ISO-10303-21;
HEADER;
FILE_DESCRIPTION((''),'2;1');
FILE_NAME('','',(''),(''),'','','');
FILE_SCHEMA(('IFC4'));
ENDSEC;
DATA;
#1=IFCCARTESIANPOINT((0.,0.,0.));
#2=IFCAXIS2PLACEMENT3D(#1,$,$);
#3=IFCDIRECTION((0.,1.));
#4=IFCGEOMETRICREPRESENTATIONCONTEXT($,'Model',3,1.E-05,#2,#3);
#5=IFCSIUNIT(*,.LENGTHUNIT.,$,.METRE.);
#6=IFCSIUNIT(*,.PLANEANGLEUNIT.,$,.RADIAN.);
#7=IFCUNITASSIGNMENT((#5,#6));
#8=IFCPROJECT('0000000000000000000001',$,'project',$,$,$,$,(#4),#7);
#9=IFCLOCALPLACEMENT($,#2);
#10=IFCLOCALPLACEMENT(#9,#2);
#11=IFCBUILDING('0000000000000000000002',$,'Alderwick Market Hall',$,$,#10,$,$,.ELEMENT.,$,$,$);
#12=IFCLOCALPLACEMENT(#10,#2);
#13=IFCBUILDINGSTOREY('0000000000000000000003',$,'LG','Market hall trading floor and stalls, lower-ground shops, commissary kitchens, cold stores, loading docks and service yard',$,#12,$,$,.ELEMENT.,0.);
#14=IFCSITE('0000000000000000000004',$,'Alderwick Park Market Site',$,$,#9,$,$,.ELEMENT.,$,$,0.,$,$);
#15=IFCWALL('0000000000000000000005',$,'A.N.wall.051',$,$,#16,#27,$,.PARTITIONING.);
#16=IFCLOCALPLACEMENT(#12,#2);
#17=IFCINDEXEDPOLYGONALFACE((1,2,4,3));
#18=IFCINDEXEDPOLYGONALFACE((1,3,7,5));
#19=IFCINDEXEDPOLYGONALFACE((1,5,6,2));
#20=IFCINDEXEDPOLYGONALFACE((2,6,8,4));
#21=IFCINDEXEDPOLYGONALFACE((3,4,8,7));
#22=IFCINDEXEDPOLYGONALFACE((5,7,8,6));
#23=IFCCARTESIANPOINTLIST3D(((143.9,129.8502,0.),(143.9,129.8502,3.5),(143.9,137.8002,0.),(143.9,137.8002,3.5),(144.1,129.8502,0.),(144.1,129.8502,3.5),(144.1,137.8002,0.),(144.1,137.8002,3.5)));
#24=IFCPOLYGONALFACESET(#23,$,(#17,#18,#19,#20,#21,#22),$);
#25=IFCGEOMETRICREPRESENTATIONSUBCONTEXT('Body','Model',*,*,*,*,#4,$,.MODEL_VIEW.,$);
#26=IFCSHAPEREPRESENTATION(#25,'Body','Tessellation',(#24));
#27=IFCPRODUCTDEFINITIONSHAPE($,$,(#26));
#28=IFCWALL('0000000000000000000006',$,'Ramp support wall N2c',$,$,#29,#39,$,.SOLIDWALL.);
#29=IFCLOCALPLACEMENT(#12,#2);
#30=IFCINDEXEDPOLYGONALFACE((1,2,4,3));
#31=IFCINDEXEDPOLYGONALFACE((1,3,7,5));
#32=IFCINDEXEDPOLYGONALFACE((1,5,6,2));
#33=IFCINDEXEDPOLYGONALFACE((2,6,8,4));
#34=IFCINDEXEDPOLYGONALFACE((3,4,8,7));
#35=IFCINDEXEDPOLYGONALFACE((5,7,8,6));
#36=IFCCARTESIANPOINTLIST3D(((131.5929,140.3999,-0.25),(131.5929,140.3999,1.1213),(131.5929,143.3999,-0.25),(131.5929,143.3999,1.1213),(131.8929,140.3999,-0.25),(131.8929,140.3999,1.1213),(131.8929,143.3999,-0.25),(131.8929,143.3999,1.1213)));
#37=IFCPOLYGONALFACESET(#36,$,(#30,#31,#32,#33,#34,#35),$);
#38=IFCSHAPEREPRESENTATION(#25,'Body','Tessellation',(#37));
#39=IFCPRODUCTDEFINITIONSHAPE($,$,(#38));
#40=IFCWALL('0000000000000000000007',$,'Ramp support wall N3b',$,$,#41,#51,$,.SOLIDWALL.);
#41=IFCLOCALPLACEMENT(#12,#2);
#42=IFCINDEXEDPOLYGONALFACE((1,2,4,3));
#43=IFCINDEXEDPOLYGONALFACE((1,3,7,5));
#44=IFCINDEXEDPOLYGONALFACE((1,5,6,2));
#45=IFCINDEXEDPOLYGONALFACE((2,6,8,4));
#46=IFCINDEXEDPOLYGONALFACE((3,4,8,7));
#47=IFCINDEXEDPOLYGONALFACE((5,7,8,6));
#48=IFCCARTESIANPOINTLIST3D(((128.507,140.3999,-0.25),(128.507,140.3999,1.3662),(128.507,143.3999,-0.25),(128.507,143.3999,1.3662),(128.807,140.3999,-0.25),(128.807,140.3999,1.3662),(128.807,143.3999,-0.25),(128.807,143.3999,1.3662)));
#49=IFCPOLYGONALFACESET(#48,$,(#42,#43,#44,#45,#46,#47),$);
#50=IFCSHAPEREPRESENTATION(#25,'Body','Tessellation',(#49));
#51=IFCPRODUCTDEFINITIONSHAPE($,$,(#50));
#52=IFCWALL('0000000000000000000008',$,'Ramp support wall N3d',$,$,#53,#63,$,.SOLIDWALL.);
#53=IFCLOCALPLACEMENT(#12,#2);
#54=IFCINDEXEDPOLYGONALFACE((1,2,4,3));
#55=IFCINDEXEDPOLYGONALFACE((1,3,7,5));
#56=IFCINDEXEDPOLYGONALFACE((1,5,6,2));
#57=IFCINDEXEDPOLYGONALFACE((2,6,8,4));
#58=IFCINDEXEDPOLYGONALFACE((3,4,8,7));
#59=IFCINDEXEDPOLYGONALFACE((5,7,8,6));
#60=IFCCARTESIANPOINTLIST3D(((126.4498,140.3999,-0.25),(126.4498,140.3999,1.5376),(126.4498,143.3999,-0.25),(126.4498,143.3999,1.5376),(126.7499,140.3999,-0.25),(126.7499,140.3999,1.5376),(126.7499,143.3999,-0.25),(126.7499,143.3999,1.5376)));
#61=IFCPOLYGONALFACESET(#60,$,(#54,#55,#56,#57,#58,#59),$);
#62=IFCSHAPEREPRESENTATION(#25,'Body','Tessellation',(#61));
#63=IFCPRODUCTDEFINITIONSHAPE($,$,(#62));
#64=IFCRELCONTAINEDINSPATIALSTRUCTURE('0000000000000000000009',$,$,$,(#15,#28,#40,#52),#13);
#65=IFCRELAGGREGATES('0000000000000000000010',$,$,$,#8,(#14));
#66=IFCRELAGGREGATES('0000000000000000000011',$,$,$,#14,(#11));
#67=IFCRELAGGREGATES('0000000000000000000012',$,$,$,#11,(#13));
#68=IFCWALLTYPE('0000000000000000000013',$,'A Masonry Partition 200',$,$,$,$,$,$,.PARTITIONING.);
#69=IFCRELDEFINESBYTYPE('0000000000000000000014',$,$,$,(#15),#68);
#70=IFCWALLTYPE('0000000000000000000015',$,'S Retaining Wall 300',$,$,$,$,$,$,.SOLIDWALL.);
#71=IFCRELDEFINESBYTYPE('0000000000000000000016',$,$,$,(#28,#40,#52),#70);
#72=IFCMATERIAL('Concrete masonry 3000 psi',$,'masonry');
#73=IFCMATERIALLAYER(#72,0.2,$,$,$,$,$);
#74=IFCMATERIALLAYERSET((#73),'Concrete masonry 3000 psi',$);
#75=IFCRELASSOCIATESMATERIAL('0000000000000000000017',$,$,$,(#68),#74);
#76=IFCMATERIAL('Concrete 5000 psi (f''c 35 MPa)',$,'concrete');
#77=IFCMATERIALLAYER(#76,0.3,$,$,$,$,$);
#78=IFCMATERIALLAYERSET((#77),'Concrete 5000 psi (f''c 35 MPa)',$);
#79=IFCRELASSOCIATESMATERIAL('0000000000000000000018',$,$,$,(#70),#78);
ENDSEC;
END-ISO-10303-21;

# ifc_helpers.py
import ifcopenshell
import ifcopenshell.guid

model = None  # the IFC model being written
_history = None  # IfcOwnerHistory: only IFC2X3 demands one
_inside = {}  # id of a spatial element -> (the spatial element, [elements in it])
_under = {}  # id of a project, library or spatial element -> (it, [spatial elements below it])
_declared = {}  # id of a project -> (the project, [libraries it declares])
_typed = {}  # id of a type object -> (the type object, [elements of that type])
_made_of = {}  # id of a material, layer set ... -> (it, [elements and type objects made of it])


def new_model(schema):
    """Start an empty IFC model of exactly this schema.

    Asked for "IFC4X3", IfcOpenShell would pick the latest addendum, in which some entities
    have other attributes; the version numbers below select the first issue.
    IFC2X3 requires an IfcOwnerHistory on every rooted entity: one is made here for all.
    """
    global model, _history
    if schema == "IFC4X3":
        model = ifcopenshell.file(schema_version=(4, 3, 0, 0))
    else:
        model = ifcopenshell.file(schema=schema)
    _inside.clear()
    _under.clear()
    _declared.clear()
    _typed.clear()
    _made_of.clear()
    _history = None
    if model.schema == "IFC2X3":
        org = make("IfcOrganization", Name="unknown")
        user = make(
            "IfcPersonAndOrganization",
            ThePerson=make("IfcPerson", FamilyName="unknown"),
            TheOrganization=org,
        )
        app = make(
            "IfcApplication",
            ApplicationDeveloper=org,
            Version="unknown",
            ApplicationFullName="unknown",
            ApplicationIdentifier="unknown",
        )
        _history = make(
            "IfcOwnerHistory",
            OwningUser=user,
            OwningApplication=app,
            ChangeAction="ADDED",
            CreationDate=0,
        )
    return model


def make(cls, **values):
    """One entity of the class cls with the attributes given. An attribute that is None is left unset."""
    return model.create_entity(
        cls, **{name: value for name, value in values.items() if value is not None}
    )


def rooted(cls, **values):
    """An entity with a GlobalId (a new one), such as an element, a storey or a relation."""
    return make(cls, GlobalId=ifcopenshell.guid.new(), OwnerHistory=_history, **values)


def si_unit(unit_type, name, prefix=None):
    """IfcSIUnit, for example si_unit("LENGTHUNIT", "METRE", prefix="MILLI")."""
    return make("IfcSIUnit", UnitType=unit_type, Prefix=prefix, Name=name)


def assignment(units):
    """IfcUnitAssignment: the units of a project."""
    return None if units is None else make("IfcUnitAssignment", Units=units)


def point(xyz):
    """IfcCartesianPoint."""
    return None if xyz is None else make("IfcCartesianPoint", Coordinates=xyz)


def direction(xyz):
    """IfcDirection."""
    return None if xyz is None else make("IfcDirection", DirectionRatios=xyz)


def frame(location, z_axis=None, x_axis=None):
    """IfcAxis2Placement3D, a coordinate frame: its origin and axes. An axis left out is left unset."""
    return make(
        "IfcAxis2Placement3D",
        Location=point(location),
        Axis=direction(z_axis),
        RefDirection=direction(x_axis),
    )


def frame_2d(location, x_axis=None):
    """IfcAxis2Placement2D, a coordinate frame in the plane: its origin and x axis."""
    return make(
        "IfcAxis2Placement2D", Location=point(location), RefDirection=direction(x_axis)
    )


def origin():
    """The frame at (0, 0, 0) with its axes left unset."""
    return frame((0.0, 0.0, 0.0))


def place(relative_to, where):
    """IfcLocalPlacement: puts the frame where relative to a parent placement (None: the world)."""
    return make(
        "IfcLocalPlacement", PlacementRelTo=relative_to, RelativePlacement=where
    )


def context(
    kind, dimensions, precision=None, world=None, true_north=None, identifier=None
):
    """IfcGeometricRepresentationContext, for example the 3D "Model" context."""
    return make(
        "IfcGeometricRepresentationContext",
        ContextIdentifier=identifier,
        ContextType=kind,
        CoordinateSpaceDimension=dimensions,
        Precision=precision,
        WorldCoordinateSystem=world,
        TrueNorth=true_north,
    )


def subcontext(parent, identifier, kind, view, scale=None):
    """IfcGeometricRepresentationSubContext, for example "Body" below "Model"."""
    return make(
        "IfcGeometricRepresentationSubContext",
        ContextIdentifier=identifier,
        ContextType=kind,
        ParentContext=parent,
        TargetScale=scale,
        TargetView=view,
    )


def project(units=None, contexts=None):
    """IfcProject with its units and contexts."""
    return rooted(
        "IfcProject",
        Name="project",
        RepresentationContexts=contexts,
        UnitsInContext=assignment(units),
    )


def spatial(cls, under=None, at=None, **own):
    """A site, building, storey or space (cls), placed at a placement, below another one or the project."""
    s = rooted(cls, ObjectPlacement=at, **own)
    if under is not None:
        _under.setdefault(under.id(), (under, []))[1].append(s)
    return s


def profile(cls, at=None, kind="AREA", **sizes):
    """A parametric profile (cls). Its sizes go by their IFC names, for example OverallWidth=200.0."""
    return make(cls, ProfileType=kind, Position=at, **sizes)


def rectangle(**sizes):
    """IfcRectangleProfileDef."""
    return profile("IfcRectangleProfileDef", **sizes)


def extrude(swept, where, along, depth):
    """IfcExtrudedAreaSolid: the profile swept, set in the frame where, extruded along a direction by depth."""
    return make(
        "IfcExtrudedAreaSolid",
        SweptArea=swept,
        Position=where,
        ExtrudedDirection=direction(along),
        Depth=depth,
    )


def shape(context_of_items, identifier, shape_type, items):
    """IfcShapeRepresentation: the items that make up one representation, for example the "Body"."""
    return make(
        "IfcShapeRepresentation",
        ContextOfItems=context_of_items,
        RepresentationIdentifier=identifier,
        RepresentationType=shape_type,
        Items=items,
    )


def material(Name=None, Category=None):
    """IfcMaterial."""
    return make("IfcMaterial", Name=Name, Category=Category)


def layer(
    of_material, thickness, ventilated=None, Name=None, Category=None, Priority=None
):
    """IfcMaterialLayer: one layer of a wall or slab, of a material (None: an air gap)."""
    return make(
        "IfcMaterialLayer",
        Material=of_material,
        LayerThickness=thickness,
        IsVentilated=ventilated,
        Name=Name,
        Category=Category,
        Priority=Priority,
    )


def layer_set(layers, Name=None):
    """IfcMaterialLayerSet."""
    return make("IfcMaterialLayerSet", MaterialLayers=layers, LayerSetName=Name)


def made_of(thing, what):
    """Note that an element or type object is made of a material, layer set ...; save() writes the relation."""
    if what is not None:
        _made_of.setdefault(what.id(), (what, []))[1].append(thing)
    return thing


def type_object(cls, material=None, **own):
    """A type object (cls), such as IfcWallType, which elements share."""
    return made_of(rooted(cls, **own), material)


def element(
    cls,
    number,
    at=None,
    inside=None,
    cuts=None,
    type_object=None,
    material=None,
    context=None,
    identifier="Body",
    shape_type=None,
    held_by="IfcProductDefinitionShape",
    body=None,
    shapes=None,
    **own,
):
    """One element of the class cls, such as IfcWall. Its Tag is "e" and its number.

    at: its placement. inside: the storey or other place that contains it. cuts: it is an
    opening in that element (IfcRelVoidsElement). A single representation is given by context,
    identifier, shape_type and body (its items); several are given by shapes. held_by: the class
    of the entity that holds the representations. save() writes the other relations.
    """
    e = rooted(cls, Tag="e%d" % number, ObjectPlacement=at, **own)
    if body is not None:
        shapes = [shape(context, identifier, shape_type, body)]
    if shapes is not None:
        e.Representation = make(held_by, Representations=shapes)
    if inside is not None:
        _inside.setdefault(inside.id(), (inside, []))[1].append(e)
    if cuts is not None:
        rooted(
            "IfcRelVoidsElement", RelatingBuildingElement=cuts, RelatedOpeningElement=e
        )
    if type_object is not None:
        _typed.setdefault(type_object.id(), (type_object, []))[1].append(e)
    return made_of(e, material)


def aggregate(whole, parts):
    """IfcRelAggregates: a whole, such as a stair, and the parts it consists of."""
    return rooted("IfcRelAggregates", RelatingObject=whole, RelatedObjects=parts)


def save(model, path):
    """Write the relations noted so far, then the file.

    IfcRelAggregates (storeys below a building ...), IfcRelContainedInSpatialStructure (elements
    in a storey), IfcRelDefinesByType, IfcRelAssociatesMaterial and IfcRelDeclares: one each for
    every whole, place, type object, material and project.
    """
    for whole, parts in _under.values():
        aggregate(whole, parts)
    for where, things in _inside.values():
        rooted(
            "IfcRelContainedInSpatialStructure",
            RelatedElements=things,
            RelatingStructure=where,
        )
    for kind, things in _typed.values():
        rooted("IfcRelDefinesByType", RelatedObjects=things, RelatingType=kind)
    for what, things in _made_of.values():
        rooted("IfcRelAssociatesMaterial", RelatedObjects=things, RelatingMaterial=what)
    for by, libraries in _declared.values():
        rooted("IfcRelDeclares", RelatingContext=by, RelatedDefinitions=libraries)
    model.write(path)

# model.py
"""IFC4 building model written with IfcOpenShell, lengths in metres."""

from ifc_helpers import new_model, si_unit, direction, frame, frame_2d, origin, place, context, subcontext, project, spatial, rectangle, extrude, material, layer, layer_set, type_object, element, save


model = new_model("IFC4")

# Units and contexts
model_context = context("Model", 3, precision=1e-05, world=origin(), true_north=direction((0.0, 1.0)))
body_context = subcontext(model_context, "Body", "Model", "MODEL_VIEW")
ifc_project = project(units=[si_unit("LENGTHUNIT", "METRE"), si_unit("PLANEANGLEUNIT", "RADIAN")], contexts=[model_context])

# Site, building, storey
site_placement = place(None, origin())
site = spatial("IfcSite", under=ifc_project, at=site_placement, Name="Alderwick Park Market Site", CompositionType="ELEMENT", RefElevation=0.0)
building_placement = place(site_placement, origin())
building = spatial("IfcBuilding", under=site, at=building_placement, Name="Alderwick Market Hall", CompositionType="ELEMENT")
storey_placement = place(building_placement, origin())
storey = spatial("IfcBuildingStorey", under=building, at=storey_placement, Name="LG", Description="Market hall trading floor and stalls, lower-ground shops, commissary kitchens, cold stores, loading docks and service yard", CompositionType="ELEMENT", Elevation=0.0)

# Shared definitions
ifc_material_1 = material(Name="Concrete 5000 psi (f'c 35 MPa)", Category="concrete")

# Walls
ifc_material_2 = material(Name="Concrete masonry 3000 psi", Category="masonry")
ifc_layer_1 = layer(ifc_material_2, 0.2)
ifc_layer_set_1 = layer_set([ifc_layer_1], Name="Concrete masonry 3000 psi")
wall_type_1 = type_object("IfcWallType", Name="A Masonry Partition 200", PredefinedType="PARTITIONING", material=ifc_layer_set_1)
wall_1_placement = place(storey_placement, frame((144.0, 129.8501, 0.0), z_axis=(0.0, 0.0, 1.0), x_axis=(0.0, 1.0, 0.0)))
element("IfcWall", 1, at=wall_1_placement, inside=storey, type_object=wall_type_1, Name="A.N.wall.051", PredefinedType="PARTITIONING", context=body_context, shape_type="SweptSolid", body=[
    extrude(rectangle(XDim=7.95, YDim=0.2, at=frame_2d((3.9751, 0.0))), origin(), (0.0, 0.0, 1.0), 3.5),
])
ifc_layer_2 = layer(ifc_material_1, 0.3)
ifc_layer_set_2 = layer_set([ifc_layer_2], Name="Concrete 5000 psi (f'c 35 MPa)")
wall_type_2 = type_object("IfcWallType", Name="S Retaining Wall 300", PredefinedType="SOLIDWALL", material=ifc_layer_set_2)
wall_2_placement = place(storey_placement, frame((131.7429, 140.3999, -0.25), z_axis=(0.0, 0.0, 1.0), x_axis=(0.0, 1.0, 0.0)))
element("IfcWall", 2, at=wall_2_placement, inside=storey, type_object=wall_type_2, Name="Ramp support wall N2c", PredefinedType="SOLIDWALL", context=body_context, shape_type="SweptSolid", body=[
    extrude(rectangle(XDim=3.0, YDim=0.3, at=frame_2d((1.5, 0.0))), origin(), (0.0, 0.0, 1.0), 1.3713),
])
wall_3_placement = place(storey_placement, frame((128.657, 140.3999, -0.25), z_axis=(0.0, 0.0, 1.0), x_axis=(0.0, 1.0, 0.0)))
element("IfcWall", 3, at=wall_3_placement, inside=storey, type_object=wall_type_2, Name="Ramp support wall N3b", PredefinedType="SOLIDWALL", context=body_context, shape_type="SweptSolid", body=[
    extrude(rectangle(XDim=3.0, YDim=0.3, at=frame_2d((1.5, 0.0))), origin(), (0.0, 0.0, 1.0), 1.6162),
])
wall_4_placement = place(storey_placement, frame((126.5999, 140.3999, -0.25), z_axis=(0.0, 0.0, 1.0), x_axis=(0.0, 1.0, 0.0)))
element("IfcWall", 4, at=wall_4_placement, inside=storey, type_object=wall_type_2, Name="Ramp support wall N3d", PredefinedType="SOLIDWALL", context=body_context, shape_type="SweptSolid", body=[
    extrude(rectangle(XDim=3.0, YDim=0.3, at=frame_2d((1.5, 0.0))), origin(), (0.0, 0.0, 1.0), 1.7876),
])

save(model, "model.ifc")
